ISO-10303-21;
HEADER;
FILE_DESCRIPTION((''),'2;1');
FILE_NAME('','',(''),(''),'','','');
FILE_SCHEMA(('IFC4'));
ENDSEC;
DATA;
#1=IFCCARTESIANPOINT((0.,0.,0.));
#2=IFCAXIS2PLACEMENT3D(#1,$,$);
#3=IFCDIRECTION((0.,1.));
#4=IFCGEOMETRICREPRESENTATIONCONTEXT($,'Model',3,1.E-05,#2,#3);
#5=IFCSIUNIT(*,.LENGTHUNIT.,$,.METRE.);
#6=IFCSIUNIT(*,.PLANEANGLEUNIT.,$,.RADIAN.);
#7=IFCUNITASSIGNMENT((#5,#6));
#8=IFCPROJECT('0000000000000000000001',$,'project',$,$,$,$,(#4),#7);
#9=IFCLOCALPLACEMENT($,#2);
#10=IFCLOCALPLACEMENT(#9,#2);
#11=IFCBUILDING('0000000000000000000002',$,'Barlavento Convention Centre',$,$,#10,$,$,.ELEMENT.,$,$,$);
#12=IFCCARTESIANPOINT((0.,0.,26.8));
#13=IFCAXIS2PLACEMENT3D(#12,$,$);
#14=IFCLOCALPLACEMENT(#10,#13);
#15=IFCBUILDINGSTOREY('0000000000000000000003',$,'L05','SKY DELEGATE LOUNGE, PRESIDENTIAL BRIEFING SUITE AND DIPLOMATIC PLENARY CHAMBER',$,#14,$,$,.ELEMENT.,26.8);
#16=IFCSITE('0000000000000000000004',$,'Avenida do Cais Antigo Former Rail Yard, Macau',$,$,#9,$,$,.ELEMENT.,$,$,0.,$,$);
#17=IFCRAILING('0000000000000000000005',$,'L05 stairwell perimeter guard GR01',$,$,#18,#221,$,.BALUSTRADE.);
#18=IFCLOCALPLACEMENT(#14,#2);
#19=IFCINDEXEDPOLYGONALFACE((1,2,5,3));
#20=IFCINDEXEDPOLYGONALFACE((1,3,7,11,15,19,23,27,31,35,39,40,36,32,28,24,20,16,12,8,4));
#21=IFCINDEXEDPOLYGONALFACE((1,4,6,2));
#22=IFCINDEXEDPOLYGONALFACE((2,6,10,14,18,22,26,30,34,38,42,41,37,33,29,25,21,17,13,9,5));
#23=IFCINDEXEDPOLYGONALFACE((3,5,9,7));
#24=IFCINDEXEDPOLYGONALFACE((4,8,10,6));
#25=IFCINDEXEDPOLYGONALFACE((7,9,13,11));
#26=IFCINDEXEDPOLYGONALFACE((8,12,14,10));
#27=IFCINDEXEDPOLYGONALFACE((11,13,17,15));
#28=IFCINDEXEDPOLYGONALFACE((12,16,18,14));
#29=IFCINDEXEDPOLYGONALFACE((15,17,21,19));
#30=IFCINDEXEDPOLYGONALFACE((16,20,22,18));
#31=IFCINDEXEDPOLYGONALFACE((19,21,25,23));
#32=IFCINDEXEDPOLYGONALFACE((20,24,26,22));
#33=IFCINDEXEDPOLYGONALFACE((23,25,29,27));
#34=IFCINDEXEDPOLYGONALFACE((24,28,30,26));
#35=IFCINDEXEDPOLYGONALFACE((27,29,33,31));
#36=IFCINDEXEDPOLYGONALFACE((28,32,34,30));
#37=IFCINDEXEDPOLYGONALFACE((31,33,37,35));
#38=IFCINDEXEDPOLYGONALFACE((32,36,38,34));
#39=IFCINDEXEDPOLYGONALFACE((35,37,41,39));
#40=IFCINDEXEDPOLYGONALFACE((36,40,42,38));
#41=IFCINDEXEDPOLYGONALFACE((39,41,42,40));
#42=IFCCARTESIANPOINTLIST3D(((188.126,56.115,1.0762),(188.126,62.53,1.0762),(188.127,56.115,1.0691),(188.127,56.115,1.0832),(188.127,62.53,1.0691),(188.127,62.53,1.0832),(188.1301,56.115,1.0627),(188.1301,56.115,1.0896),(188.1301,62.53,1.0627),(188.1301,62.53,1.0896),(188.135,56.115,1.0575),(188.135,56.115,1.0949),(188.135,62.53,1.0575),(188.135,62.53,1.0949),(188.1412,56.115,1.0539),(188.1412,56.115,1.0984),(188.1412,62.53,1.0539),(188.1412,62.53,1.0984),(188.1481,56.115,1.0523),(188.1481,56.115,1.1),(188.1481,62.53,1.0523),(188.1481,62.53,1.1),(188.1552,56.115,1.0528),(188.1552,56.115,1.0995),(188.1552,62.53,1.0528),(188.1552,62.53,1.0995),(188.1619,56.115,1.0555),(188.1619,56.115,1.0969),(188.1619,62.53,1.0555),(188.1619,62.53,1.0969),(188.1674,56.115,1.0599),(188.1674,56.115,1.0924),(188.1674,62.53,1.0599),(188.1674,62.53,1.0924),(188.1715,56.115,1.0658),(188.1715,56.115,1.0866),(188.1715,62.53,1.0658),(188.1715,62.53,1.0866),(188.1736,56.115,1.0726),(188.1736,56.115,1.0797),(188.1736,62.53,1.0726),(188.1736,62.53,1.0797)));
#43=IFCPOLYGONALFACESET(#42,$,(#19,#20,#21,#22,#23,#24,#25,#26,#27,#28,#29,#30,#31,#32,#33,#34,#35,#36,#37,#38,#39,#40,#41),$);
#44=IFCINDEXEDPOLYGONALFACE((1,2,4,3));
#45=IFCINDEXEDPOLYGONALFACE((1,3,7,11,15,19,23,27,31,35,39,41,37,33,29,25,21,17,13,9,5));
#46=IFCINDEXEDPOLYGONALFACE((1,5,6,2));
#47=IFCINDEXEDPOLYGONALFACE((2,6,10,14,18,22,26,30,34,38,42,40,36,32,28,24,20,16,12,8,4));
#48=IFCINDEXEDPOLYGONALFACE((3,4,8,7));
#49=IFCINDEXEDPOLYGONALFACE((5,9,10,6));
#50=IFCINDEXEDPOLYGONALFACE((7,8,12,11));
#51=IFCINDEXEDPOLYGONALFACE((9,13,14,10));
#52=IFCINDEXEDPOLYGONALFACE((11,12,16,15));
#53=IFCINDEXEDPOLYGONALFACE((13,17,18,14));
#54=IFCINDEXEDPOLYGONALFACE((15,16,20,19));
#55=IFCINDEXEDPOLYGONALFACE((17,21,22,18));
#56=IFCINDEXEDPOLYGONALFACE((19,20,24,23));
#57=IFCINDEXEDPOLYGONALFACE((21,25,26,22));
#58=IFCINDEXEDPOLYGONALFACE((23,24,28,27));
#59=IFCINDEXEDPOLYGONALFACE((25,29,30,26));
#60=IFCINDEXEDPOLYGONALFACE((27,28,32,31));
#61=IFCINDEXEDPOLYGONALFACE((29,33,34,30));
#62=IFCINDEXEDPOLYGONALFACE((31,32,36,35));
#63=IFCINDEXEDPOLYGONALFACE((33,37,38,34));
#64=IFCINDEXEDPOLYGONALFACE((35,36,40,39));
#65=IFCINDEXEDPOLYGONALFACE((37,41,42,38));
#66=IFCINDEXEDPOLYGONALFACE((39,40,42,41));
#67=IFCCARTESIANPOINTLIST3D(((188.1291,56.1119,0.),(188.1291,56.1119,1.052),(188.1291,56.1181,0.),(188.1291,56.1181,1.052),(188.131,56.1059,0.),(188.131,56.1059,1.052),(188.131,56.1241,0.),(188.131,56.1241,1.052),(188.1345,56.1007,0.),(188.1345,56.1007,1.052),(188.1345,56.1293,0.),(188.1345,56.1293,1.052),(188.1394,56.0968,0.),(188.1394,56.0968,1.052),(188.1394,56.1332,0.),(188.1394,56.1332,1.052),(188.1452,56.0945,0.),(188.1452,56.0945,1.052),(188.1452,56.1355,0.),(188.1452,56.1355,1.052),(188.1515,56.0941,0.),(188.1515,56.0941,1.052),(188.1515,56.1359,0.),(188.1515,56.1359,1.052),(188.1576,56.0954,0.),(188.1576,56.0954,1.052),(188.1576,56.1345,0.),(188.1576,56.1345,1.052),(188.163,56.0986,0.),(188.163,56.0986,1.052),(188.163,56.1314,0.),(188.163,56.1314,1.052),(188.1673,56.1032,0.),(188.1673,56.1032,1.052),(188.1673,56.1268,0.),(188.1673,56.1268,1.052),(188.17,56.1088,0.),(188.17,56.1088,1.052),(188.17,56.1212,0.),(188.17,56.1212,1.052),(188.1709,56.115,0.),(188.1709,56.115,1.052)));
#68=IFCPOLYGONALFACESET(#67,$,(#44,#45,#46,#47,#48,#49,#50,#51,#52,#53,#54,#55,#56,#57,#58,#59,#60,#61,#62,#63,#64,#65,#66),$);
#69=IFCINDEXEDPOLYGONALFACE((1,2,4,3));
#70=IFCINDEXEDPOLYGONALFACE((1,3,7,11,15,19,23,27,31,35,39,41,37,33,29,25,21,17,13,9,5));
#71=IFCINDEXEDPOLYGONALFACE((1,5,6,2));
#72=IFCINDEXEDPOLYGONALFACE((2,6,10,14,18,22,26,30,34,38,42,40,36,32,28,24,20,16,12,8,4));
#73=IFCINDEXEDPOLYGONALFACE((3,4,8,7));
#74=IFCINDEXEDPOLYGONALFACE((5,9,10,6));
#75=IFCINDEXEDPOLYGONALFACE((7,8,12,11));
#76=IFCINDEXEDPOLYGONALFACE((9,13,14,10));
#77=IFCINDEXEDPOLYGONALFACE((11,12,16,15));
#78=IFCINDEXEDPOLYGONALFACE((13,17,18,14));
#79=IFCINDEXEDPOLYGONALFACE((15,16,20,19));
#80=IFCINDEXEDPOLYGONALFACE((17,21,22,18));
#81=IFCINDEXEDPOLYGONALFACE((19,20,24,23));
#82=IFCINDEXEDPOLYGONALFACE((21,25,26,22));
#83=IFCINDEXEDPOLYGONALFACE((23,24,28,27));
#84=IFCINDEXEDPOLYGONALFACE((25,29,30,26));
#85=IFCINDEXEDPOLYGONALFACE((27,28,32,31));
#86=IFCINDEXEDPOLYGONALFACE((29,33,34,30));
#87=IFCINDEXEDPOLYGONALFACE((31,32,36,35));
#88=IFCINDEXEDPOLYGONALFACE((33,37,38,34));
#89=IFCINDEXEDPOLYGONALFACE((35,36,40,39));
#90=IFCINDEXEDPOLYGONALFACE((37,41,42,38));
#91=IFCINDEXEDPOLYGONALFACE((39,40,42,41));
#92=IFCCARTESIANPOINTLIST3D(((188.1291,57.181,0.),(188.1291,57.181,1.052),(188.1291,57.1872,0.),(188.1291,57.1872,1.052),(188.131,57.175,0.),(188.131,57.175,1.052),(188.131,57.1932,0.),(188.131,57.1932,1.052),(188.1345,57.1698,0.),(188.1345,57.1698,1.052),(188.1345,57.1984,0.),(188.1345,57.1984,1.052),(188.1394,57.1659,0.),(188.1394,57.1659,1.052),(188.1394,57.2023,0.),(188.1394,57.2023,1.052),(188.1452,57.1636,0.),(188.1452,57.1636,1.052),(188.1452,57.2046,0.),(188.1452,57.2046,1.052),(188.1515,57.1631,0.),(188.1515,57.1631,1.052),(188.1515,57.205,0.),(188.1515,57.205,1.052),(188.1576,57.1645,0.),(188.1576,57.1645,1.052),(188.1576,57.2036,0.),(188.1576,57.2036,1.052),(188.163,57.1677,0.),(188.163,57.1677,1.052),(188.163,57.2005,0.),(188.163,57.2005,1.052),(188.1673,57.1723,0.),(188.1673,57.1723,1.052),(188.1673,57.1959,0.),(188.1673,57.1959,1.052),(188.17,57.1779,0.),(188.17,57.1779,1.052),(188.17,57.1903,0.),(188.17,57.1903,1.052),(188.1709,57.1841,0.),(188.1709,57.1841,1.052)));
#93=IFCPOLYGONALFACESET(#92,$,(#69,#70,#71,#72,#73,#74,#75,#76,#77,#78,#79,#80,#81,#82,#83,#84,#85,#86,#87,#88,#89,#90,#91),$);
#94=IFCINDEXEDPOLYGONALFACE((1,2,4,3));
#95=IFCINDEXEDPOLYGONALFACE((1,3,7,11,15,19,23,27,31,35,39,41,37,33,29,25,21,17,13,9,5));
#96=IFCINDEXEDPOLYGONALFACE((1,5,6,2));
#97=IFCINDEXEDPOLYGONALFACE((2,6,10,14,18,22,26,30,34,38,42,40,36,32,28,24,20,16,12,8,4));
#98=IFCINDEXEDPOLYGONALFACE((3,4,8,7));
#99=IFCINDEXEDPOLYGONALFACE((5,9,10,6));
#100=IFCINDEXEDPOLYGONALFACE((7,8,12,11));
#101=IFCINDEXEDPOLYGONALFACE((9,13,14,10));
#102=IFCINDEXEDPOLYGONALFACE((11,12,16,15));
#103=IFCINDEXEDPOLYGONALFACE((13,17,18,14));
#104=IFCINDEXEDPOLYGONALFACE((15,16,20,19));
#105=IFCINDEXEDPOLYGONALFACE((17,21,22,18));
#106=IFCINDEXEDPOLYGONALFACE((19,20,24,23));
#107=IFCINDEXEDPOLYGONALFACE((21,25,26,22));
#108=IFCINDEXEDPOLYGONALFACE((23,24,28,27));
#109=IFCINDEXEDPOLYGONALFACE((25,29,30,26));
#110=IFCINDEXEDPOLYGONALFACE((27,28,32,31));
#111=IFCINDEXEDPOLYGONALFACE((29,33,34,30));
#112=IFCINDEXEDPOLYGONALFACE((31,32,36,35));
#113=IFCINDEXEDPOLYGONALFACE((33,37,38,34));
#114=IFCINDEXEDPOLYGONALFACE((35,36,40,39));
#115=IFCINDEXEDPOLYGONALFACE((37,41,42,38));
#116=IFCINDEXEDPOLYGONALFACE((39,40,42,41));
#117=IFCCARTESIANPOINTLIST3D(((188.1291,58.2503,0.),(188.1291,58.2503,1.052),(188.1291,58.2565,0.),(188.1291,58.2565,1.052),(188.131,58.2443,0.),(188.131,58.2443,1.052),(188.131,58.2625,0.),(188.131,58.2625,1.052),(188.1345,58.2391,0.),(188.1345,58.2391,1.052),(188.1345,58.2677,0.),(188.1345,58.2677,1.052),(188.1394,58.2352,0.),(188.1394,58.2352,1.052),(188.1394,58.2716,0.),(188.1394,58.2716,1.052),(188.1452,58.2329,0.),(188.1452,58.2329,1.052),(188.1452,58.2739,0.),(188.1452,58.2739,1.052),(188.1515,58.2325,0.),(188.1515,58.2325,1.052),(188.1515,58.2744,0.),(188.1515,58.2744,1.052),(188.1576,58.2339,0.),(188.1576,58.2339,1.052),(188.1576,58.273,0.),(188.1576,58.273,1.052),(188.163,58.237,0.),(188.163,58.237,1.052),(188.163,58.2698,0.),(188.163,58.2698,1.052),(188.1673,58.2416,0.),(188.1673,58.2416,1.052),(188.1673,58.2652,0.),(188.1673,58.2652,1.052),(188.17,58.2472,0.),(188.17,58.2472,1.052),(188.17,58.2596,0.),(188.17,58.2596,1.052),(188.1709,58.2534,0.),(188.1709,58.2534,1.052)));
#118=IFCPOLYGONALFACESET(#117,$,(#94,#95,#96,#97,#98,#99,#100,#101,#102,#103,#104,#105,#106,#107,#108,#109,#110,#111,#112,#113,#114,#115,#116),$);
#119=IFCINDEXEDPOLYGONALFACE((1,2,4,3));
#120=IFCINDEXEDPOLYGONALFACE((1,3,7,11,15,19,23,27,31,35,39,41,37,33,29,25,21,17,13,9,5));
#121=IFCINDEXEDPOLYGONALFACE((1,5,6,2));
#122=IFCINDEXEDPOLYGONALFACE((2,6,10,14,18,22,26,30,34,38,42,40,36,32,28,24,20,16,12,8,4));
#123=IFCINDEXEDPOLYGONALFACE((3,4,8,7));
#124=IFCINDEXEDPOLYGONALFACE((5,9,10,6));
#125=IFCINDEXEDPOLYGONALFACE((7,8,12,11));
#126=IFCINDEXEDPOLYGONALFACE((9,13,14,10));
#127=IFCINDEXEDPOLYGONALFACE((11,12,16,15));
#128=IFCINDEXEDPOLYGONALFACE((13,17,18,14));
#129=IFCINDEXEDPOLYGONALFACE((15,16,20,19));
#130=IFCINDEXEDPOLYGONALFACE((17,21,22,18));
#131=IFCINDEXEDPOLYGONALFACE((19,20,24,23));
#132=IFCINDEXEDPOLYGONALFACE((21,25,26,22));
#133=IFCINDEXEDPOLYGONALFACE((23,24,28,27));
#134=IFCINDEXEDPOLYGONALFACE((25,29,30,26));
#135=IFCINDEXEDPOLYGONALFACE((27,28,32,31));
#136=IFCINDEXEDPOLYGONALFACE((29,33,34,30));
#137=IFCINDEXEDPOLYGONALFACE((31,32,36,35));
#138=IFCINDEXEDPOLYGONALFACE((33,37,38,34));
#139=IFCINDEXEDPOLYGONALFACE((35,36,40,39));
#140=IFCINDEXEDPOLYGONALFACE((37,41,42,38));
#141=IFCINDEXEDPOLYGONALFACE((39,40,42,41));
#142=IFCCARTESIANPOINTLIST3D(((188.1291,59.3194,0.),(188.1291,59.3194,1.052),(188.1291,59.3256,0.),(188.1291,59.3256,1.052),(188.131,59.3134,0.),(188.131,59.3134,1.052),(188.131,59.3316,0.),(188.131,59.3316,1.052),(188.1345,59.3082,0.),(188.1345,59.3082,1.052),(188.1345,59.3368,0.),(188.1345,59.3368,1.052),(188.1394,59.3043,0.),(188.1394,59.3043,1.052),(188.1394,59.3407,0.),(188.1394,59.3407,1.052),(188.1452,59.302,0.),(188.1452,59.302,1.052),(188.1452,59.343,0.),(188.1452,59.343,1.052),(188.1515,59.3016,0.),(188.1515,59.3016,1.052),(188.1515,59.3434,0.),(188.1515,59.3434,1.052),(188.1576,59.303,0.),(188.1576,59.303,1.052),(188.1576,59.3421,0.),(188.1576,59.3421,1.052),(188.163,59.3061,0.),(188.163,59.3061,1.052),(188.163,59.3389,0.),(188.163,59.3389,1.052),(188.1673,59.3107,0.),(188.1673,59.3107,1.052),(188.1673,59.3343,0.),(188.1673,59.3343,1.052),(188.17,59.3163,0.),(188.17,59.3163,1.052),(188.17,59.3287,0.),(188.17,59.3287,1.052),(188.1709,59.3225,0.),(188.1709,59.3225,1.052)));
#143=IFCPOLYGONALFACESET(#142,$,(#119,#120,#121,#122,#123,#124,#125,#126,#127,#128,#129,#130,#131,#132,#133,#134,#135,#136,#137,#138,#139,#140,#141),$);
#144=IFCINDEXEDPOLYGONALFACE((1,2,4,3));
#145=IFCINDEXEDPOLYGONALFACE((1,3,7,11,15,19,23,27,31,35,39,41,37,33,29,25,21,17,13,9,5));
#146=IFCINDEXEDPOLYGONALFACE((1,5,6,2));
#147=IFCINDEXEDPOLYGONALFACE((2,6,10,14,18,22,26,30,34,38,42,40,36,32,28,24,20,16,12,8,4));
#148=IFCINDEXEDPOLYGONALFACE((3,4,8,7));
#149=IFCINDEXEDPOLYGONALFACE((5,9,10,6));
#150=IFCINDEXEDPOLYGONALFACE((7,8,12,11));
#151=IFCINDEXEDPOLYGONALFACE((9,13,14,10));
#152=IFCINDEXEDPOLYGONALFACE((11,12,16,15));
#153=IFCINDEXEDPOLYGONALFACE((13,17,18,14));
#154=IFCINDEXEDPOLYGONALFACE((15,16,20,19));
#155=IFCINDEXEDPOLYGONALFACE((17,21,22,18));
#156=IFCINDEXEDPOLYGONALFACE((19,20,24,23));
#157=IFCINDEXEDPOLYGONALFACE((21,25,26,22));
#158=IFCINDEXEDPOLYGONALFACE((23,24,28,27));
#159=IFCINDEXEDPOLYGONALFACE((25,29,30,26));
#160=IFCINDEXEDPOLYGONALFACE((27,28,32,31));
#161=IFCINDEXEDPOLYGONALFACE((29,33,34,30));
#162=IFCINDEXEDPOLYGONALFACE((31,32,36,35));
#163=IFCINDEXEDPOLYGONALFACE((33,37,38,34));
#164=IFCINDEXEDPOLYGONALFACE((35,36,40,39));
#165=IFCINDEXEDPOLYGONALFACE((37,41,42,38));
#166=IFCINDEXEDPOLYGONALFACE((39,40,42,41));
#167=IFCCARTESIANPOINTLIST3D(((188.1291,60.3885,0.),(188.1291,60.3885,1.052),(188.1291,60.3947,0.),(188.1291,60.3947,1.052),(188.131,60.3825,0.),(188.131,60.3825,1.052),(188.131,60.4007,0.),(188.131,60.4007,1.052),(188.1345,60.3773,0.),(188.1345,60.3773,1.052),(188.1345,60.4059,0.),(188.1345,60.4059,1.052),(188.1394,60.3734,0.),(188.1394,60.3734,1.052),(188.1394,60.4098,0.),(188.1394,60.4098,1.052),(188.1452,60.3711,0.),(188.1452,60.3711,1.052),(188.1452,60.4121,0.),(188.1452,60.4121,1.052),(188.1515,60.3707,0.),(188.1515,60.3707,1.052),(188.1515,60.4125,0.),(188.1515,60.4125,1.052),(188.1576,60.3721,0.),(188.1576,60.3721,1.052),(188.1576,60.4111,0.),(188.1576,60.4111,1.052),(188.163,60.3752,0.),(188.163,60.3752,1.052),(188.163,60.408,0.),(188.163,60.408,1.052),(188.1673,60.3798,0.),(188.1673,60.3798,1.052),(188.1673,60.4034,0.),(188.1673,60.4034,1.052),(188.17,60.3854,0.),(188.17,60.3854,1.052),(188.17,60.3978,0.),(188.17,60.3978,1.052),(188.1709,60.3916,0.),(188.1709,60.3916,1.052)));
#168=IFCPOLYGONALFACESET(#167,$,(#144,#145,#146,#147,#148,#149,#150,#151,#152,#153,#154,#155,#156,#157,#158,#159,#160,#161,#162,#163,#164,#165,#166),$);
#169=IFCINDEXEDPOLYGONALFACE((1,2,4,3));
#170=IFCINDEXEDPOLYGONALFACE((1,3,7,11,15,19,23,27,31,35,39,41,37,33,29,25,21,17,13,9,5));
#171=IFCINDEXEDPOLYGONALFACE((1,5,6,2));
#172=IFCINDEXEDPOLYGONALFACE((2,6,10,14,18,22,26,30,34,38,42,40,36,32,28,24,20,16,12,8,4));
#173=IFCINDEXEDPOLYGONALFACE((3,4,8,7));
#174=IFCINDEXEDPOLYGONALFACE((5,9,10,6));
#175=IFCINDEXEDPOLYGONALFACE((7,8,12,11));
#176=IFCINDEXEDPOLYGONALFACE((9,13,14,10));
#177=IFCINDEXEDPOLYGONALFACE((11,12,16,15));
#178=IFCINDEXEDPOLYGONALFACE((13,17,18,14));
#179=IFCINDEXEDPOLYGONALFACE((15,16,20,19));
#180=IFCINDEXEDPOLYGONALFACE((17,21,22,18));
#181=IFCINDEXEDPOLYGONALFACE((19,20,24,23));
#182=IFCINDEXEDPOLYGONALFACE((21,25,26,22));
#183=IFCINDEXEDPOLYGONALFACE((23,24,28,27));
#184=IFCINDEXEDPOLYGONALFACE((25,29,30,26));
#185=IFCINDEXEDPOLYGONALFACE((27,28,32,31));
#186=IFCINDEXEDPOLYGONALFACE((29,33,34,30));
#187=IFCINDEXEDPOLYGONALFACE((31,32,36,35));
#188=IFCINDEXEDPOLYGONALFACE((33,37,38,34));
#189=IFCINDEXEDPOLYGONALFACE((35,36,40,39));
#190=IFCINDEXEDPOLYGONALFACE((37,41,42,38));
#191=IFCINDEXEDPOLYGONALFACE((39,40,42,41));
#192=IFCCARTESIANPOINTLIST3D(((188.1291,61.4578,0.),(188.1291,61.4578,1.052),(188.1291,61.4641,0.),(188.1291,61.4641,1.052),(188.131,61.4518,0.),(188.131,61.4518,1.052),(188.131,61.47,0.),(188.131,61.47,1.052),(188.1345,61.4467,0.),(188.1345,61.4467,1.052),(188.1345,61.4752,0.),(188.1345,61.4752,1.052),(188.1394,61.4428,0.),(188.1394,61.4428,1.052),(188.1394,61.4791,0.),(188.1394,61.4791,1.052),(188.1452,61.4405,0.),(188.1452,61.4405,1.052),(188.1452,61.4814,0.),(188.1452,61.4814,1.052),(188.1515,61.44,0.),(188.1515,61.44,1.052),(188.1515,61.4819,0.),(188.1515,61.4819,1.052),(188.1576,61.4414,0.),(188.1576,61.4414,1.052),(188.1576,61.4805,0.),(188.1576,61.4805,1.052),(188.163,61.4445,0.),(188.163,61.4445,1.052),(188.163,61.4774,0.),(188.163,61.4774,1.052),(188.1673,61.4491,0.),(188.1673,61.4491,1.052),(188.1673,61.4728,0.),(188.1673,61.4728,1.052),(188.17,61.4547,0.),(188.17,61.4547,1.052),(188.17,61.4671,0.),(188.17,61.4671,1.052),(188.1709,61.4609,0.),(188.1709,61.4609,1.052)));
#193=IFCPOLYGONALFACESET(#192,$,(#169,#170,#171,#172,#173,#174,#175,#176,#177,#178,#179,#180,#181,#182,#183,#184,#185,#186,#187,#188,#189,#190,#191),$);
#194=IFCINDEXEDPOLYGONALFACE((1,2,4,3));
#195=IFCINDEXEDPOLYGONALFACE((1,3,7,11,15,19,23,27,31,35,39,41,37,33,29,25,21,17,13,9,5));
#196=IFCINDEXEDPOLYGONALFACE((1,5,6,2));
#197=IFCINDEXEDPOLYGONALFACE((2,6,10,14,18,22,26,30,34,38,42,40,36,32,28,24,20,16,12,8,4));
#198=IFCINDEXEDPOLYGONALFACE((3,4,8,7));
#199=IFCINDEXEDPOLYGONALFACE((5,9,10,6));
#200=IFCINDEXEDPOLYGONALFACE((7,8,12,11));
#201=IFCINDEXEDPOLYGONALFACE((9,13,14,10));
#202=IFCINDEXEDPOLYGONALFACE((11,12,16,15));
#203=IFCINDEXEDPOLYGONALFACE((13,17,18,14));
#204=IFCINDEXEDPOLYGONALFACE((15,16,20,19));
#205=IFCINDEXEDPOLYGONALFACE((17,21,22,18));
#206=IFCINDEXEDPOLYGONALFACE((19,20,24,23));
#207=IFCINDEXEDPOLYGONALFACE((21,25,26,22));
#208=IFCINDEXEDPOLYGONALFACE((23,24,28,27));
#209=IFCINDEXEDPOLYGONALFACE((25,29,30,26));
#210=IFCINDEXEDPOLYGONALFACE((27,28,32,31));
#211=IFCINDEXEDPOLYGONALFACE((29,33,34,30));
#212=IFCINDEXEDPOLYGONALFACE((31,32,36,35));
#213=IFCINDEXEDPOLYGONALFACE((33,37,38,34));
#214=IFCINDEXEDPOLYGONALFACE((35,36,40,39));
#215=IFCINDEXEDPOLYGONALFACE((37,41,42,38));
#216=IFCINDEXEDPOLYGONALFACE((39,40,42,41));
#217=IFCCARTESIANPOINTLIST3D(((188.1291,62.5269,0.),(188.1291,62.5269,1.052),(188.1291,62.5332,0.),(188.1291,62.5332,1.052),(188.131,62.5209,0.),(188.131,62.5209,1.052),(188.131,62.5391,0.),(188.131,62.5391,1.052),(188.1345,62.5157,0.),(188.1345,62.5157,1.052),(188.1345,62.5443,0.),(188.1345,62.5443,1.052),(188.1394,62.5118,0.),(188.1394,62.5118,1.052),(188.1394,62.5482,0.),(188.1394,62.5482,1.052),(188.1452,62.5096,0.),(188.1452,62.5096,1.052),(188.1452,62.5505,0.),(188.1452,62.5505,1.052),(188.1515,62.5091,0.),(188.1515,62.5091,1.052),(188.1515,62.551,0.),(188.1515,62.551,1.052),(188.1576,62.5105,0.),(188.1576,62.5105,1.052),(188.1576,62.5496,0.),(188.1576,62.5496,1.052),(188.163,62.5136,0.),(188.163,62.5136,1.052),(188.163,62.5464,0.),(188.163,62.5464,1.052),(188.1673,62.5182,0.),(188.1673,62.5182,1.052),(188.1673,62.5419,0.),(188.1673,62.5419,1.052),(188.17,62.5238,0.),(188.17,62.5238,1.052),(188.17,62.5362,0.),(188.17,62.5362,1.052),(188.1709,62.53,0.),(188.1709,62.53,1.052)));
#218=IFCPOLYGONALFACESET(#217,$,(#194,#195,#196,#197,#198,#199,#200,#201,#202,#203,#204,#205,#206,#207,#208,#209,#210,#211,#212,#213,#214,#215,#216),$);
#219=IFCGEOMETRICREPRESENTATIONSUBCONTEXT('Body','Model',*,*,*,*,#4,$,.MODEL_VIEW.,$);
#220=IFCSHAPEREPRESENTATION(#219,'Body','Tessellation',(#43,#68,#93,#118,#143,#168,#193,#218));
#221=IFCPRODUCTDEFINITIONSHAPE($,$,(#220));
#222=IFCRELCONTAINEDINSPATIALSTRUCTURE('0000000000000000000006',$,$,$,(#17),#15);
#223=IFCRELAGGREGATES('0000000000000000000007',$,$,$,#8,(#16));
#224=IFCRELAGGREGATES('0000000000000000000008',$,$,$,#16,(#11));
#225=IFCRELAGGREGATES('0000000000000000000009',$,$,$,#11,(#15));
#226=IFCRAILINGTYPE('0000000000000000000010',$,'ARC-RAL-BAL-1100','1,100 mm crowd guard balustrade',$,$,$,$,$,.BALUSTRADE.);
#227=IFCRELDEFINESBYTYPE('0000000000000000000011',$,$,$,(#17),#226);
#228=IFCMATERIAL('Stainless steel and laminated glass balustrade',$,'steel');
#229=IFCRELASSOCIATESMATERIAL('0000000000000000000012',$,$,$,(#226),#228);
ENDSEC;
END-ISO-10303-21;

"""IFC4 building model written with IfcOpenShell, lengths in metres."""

from ifc_helpers import new_model, si_unit, direction, frame, origin, origin_2d, place, context, subcontext, project, spatial, circle, extrude, material, type_object, element, save


model = new_model("IFC4")

# Units and contexts
model_context = context("Model", 3, precision=1e-05, world=origin(), true_north=direction((0.0, 1.0)))
body_context = subcontext(model_context, "Body", "Model", "MODEL_VIEW")
ifc_project = project(units=[si_unit("LENGTHUNIT", "METRE"), si_unit("PLANEANGLEUNIT", "RADIAN")], contexts=[model_context])

# Site, building, storey
site_placement = place(None, origin())
site = spatial("IfcSite", under=ifc_project, at=site_placement, Name="Avenida do Cais Antigo Former Rail Yard, Macau", CompositionType="ELEMENT", RefElevation=0.0)
building_placement = place(site_placement, origin())
building = spatial("IfcBuilding", under=site, at=building_placement, Name="Barlavento Convention Centre", CompositionType="ELEMENT")
storey_placement = place(building_placement, frame((0.0, 0.0, 26.8)))
storey = spatial("IfcBuildingStorey", under=building, at=storey_placement, Name="L05", Description="SKY DELEGATE LOUNGE, PRESIDENTIAL BRIEFING SUITE AND DIPLOMATIC PLENARY CHAMBER", CompositionType="ELEMENT", Elevation=26.8)

# Railing
ifc_material_1 = material(Name="Stainless steel and laminated glass balustrade", Category="steel")
railing_type = type_object("IfcRailingType", Name="ARC-RAL-BAL-1100", Description="1,100 mm crowd guard balustrade", PredefinedType="BALUSTRADE", material=ifc_material_1)
railing_1_placement = place(storey_placement, frame((188.1499, 56.115, 0.0)))
element("IfcRailing", 1, at=railing_1_placement, inside=storey, type_object=railing_type, Name="L05 stairwell perimeter guard GR01", PredefinedType="BALUSTRADE", context=body_context, shape_type="SweptSolid", body=[
    extrude(circle(Radius=0.0239, at=origin_2d()), frame((0.0, 0.0, 1.0762), z_axis=(0.0, 1.0, 0.0), x_axis=(-1.0, 0.0, 0.0)), (0.0, 0.0, 1.0), 6.415),
    extrude(circle(Radius=0.021, at=origin_2d()), origin(), (0.0, 0.0, 1.0), 1.052),
    extrude(circle(Radius=0.021, at=origin_2d()), frame((0.0, 1.0691, 0.0)), (0.0, 0.0, 1.0), 1.052),
    extrude(circle(Radius=0.021, at=origin_2d()), frame((0.0, 2.1384, 0.0)), (0.0, 0.0, 1.0), 1.052),
    extrude(circle(Radius=0.021, at=origin_2d()), frame((0.0, 3.2075, 0.0)), (0.0, 0.0, 1.0), 1.052),
    extrude(circle(Radius=0.021, at=origin_2d()), frame((0.0, 4.2766, 0.0)), (0.0, 0.0, 1.0), 1.052),
    extrude(circle(Radius=0.021, at=origin_2d()), frame((0.0, 5.3459, 0.0)), (0.0, 0.0, 1.0), 1.052),
    extrude(circle(Radius=0.021, at=origin_2d()), frame((0.0, 6.415, 0.0)), (0.0, 0.0, 1.0), 1.052),
])

save(model, "model.ifc")
